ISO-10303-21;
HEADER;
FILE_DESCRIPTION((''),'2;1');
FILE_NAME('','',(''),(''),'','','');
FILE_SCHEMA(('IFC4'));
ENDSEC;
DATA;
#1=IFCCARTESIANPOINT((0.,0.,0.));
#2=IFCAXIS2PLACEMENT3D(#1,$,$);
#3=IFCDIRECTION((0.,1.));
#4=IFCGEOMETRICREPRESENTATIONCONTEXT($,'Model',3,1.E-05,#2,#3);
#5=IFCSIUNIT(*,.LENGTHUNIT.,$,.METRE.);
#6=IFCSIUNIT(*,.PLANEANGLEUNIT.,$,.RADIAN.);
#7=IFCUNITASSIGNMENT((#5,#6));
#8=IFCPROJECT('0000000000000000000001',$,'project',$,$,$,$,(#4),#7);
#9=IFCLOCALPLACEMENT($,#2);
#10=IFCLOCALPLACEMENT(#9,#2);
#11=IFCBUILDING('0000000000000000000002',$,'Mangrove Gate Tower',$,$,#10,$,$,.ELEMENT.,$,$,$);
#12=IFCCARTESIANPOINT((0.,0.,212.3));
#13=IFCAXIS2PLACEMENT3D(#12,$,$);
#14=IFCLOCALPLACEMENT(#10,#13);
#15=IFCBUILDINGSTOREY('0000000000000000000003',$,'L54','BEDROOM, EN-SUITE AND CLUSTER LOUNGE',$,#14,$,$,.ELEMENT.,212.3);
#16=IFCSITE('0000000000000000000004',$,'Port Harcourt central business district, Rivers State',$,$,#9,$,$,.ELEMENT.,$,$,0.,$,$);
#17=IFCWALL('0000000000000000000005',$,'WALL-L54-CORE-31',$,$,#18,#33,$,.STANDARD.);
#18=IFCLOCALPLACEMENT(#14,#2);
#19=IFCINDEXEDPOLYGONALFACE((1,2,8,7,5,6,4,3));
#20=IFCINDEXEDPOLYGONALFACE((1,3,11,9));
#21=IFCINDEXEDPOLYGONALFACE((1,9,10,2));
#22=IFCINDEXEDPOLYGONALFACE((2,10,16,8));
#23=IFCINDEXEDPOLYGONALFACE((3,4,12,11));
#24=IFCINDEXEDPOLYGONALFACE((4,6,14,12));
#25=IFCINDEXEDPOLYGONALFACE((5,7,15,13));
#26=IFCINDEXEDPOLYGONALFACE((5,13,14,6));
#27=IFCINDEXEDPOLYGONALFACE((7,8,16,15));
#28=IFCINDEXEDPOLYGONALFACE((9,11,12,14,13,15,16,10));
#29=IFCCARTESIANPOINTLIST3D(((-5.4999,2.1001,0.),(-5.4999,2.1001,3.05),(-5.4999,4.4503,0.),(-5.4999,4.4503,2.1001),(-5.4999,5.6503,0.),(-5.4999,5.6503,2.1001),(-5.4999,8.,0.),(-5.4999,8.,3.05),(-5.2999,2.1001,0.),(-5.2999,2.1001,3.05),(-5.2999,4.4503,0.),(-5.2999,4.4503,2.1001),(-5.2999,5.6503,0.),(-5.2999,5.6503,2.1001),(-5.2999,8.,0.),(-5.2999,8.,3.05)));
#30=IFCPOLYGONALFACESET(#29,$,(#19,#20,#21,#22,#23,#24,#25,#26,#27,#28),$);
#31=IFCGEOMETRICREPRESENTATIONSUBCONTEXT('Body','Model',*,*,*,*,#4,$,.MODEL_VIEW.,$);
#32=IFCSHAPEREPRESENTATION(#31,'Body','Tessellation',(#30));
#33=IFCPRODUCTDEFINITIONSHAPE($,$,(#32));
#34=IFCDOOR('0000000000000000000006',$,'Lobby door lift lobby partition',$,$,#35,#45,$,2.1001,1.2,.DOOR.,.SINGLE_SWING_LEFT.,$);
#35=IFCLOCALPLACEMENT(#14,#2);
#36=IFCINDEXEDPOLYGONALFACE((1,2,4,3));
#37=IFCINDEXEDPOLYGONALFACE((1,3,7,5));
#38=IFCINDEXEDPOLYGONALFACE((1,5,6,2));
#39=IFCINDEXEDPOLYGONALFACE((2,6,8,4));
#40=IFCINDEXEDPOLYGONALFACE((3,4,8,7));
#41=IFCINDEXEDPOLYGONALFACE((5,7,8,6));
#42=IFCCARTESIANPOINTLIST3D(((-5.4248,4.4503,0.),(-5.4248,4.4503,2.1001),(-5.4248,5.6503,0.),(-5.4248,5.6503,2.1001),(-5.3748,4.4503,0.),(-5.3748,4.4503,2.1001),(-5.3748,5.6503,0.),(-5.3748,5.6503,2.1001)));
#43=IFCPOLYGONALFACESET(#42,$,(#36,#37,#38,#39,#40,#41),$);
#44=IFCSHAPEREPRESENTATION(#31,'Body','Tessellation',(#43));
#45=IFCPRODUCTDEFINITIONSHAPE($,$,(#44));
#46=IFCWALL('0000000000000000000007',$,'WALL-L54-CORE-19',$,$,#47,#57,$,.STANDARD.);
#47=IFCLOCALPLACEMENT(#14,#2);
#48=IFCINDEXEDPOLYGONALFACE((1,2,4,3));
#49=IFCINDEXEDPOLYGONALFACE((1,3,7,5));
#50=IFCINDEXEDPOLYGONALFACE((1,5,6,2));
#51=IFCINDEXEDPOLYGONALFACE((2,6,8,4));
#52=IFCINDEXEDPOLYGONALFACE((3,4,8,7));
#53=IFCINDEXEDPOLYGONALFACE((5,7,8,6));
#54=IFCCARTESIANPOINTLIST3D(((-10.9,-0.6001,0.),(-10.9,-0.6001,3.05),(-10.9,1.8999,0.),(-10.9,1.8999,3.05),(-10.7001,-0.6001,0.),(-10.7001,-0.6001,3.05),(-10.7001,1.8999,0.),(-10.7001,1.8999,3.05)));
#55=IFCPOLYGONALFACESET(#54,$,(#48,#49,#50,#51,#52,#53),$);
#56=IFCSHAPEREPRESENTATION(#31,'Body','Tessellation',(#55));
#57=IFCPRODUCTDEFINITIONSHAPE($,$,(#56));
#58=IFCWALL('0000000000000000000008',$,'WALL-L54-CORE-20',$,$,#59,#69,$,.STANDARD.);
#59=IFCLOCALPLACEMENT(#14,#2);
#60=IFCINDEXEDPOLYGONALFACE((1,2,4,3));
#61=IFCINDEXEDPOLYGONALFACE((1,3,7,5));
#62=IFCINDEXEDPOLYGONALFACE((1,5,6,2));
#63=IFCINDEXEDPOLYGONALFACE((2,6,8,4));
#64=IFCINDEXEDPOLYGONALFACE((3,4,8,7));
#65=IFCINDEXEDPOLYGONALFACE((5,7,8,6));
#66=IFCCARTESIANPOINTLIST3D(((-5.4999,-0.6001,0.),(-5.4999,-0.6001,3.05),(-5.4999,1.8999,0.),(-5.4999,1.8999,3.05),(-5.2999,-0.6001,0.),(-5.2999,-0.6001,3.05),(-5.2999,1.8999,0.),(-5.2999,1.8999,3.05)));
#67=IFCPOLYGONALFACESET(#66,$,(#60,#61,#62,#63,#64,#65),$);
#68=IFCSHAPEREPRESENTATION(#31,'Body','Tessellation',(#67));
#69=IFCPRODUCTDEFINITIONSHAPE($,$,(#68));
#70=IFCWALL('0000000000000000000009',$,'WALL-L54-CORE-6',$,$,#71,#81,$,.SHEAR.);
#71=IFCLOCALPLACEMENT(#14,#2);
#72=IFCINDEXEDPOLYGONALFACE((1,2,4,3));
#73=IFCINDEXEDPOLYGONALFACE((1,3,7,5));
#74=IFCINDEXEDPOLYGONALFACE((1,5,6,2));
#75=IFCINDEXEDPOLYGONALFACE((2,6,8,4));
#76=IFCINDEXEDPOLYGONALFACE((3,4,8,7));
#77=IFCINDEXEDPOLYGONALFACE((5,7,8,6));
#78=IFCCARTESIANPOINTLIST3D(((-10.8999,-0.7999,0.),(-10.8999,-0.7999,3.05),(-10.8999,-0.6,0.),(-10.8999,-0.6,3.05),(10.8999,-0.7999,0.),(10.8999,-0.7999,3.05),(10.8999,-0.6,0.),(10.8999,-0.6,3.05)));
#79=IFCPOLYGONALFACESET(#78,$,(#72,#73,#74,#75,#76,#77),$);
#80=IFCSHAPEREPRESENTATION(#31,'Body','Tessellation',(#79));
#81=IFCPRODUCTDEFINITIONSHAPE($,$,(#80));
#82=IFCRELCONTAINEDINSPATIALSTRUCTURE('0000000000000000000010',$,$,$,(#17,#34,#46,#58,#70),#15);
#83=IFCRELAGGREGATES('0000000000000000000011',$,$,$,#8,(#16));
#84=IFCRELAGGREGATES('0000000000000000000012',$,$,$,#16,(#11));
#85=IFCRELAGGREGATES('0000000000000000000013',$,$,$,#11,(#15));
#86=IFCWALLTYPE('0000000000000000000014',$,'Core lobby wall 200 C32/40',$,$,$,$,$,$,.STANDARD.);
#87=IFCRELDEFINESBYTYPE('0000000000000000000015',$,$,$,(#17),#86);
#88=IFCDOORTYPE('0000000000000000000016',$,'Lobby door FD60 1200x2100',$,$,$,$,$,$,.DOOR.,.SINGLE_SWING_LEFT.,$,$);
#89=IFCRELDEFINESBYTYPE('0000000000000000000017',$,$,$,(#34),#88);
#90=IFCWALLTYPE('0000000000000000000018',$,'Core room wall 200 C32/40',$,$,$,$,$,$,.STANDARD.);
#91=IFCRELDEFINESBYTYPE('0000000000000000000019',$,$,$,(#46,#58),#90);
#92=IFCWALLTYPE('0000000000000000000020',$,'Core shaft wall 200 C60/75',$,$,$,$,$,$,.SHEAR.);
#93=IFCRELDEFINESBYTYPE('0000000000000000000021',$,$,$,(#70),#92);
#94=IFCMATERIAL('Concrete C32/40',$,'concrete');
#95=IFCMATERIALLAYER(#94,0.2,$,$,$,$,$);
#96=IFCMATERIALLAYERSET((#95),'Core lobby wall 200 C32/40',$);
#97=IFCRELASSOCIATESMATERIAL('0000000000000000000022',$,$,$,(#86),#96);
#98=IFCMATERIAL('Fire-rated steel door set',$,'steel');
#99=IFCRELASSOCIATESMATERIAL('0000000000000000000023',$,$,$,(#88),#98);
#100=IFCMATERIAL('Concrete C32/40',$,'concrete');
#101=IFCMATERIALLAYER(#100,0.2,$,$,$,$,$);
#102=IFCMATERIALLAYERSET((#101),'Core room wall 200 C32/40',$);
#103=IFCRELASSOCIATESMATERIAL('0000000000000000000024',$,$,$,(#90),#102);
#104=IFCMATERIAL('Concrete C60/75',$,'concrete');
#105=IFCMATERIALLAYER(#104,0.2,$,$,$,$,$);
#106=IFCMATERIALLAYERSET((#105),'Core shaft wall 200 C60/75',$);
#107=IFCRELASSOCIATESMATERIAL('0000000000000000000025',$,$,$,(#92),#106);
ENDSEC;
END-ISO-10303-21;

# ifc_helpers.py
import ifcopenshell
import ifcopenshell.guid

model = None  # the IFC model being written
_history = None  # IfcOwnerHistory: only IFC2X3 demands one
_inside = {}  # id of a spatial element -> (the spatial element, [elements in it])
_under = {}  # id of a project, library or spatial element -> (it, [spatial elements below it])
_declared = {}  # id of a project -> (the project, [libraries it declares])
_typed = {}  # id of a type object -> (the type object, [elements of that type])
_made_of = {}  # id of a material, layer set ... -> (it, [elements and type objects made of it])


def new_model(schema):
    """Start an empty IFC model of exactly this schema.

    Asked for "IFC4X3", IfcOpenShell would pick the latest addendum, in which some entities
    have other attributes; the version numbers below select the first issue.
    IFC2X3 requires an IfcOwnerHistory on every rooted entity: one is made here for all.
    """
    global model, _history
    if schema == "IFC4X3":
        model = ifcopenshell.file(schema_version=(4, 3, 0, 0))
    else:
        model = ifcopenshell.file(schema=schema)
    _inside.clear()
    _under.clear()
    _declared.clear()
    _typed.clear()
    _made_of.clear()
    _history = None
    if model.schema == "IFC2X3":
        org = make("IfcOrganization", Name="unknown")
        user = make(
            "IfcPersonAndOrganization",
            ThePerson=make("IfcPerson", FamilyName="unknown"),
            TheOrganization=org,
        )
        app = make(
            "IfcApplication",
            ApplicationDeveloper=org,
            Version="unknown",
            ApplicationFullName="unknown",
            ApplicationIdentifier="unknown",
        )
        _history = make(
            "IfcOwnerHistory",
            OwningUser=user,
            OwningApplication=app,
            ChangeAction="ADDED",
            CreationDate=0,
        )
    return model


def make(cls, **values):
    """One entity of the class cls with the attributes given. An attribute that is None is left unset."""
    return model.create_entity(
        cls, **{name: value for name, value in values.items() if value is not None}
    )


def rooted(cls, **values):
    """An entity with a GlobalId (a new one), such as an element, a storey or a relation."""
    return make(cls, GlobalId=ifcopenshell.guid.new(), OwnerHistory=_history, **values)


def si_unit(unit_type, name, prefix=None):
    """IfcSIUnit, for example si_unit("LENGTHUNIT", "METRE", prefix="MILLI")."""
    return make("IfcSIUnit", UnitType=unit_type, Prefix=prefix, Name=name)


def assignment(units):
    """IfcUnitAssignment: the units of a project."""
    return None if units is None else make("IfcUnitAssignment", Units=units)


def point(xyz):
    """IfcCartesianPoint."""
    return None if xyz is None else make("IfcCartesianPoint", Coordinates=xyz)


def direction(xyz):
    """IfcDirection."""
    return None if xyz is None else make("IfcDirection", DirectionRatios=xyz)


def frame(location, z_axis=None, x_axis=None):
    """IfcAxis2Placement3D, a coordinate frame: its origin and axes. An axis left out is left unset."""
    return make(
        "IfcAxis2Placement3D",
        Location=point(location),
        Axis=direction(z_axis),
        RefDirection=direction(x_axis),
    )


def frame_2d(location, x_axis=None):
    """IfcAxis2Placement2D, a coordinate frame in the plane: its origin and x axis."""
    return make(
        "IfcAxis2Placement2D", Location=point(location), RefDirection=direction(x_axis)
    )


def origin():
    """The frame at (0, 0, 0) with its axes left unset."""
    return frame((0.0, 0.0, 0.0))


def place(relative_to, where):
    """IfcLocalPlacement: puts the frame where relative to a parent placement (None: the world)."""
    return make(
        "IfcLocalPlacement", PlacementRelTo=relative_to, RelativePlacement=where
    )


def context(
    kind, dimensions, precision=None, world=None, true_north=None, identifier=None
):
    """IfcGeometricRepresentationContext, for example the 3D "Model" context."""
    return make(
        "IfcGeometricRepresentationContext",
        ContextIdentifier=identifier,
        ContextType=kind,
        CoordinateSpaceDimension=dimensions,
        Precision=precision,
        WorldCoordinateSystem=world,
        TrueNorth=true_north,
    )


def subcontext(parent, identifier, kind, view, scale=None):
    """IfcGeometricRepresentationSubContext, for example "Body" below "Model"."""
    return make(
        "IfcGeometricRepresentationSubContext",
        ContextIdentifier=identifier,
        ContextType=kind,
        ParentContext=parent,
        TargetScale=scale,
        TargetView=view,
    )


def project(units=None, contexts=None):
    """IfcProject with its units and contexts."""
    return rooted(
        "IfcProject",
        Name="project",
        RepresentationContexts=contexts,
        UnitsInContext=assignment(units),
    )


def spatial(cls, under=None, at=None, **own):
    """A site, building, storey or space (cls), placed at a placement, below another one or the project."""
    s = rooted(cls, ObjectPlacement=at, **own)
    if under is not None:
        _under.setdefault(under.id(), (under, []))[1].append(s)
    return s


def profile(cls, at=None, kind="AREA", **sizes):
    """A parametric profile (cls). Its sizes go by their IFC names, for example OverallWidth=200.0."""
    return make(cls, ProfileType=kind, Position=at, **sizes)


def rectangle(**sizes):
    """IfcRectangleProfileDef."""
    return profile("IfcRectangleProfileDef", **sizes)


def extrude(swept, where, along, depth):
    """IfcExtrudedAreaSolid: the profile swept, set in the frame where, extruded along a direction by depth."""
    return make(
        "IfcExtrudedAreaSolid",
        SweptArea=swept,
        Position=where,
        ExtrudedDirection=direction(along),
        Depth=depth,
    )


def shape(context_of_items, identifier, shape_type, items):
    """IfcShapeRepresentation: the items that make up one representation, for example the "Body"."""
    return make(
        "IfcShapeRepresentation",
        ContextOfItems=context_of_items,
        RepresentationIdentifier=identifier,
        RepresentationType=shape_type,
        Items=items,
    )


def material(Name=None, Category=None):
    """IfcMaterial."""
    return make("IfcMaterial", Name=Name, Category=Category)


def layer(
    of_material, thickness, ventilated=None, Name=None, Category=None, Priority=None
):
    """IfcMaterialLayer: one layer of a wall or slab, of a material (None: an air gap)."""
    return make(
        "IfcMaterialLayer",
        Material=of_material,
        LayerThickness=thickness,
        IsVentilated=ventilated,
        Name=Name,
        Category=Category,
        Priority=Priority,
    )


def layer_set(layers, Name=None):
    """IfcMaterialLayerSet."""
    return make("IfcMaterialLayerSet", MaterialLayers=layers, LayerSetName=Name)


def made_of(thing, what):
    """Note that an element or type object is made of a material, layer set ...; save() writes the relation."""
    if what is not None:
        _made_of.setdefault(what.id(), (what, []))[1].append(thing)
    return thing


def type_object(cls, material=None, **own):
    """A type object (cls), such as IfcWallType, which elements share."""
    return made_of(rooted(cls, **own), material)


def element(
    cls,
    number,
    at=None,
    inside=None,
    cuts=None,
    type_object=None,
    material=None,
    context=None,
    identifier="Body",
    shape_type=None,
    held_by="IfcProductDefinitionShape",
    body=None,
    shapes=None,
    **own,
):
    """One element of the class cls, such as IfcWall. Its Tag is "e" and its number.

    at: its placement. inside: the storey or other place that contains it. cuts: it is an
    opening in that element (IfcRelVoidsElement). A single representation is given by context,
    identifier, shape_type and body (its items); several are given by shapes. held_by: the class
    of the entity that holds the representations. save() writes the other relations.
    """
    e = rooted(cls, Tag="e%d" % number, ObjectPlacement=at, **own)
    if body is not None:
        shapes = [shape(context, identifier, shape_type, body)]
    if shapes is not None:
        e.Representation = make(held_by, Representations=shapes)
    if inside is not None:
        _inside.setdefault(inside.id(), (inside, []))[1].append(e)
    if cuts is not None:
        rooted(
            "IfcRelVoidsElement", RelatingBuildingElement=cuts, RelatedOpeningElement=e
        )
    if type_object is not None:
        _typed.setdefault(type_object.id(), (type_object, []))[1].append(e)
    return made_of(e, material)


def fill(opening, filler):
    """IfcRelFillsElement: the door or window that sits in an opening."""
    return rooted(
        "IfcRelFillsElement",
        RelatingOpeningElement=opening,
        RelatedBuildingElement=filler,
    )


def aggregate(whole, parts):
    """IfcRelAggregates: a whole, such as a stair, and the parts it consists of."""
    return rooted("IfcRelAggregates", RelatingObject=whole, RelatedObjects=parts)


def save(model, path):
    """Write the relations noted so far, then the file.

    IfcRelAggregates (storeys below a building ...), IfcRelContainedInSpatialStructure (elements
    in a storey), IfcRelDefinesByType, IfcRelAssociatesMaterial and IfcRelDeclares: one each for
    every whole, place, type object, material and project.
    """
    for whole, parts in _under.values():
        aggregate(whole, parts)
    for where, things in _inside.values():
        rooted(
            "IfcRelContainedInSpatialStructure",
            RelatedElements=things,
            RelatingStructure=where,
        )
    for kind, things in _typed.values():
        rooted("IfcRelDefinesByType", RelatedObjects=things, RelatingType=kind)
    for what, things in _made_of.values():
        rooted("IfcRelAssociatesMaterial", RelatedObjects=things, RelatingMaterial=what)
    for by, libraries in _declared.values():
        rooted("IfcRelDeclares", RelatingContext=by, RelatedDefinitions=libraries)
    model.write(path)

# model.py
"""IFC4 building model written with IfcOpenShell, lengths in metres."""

from ifc_helpers import new_model, si_unit, direction, frame, frame_2d, origin, place, context, subcontext, project, spatial, rectangle, extrude, material, layer, layer_set, type_object, element, fill, save


model = new_model("IFC4")

# Units and contexts
model_context = context("Model", 3, precision=1e-05, world=origin(), true_north=direction((0.0, 1.0)))
body_context = subcontext(model_context, "Body", "Model", "MODEL_VIEW")
ifc_project = project(units=[si_unit("LENGTHUNIT", "METRE"), si_unit("PLANEANGLEUNIT", "RADIAN")], contexts=[model_context])

# Site, building, storey
site_placement = place(None, origin())
site = spatial("IfcSite", under=ifc_project, at=site_placement, Name="Port Harcourt central business district, Rivers State", CompositionType="ELEMENT", RefElevation=0.0)
building_placement = place(site_placement, origin())
building = spatial("IfcBuilding", under=site, at=building_placement, Name="Mangrove Gate Tower", CompositionType="ELEMENT")
storey_placement = place(building_placement, frame((0.0, 0.0, 212.3)))
storey = spatial("IfcBuildingStorey", under=building, at=storey_placement, Name="L54", Description="BEDROOM, EN-SUITE AND CLUSTER LOUNGE", CompositionType="ELEMENT", Elevation=212.3)

# Wall, opening, door
ifc_material_1 = material(Name="Concrete C32/40", Category="concrete")
ifc_layer_1 = layer(ifc_material_1, 0.2)
ifc_layer_set_1 = layer_set([ifc_layer_1], Name="Core lobby wall 200 C32/40")
wall_type_1 = type_object("IfcWallType", Name="Core lobby wall 200 C32/40", PredefinedType="STANDARD", material=ifc_layer_set_1)
wall_1_placement = place(storey_placement, frame((-5.3999, 2.1001, 0.0), z_axis=(0.0, 0.0, 1.0), x_axis=(0.0, 1.0, 0.0)))
wall_1 = element("IfcWall", 1, at=wall_1_placement, inside=storey, type_object=wall_type_1, Name="WALL-L54-CORE-31", PredefinedType="STANDARD", context=body_context, shape_type="SweptSolid", body=[
    extrude(rectangle(XDim=5.8999, YDim=0.2, at=frame_2d((2.95, 0.0))), origin(), (0.0, 0.0, 1.0), 3.05),
])
opening_1_placement = place(wall_1_placement, frame((2.3501, 0.0, 0.0)))
opening_1 = element("IfcOpeningElement", 2, at=opening_1_placement, cuts=wall_1, PredefinedType="OPENING", context=body_context, shape_type="SweptSolid", body=[
    extrude(rectangle(XDim=1.2, YDim=2.1001, at=frame_2d((0.6001, 1.05))), frame((0.0, 0.1099, 0.0), z_axis=(0.0, -1.0, 0.0), x_axis=(1.0, 0.0, 0.0)), (0.0, 0.0, 1.0), 0.22),
])
ifc_material_2 = material(Name="Fire-rated steel door set", Category="steel")
door_type_1 = type_object("IfcDoorType", Name="Lobby door FD60 1200x2100", OperationType="SINGLE_SWING_LEFT", PredefinedType="DOOR", material=ifc_material_2)
door_1_placement = place(opening_1_placement, origin())
door_1 = element("IfcDoor", 3, at=door_1_placement, inside=storey, type_object=door_type_1, Name="Lobby door lift lobby partition", OperationType="SINGLE_SWING_LEFT", OverallHeight=2.1001, OverallWidth=1.2, PredefinedType="DOOR", context=body_context, shape_type="SweptSolid", body=[
    extrude(rectangle(XDim=1.2, YDim=2.1001, at=frame_2d((0.6001, 1.05))), frame((0.0, 0.0249, 0.0), z_axis=(0.0, -1.0, 0.0), x_axis=(1.0, 0.0, 0.0)), (0.0, 0.0, 1.0), 0.05),
])
fill(opening_1, door_1)

# Walls
ifc_material_3 = material(Name="Concrete C32/40", Category="concrete")
ifc_layer_2 = layer(ifc_material_3, 0.2)
ifc_layer_set_2 = layer_set([ifc_layer_2], Name="Core room wall 200 C32/40")
wall_type_2 = type_object("IfcWallType", Name="Core room wall 200 C32/40", PredefinedType="STANDARD", material=ifc_layer_set_2)
for number, where, z_axis, x_axis, name in (
    (4, (-10.8, -0.6001, 0.0), (0.0, 0.0, 1.0), (0.0, 1.0, 0.0), "WALL-L54-CORE-19"),
    (5, (-5.3999, -0.6001, 0.0), (0.0, 0.0, 1.0), (0.0, 1.0, 0.0), "WALL-L54-CORE-20"),
):
    element("IfcWall", number, at=place(storey_placement, frame(where, z_axis=z_axis, x_axis=x_axis)), inside=storey, type_object=wall_type_2, Name=name, PredefinedType="STANDARD", context=body_context, shape_type="SweptSolid", body=[
        extrude(rectangle(XDim=2.5, YDim=0.2, at=frame_2d((1.25, 0.0))), origin(), (0.0, 0.0, 1.0), 3.05),
    ])
ifc_material_4 = material(Name="Concrete C60/75", Category="concrete")
ifc_layer_3 = layer(ifc_material_4, 0.2)
ifc_layer_set_3 = layer_set([ifc_layer_3], Name="Core shaft wall 200 C60/75")
wall_type_3 = type_object("IfcWallType", Name="Core shaft wall 200 C60/75", PredefinedType="SHEAR", material=ifc_layer_set_3)
wall_2_placement = place(storey_placement, frame((-10.8999, -0.7, 0.0), z_axis=(0.0, 0.0, 1.0), x_axis=(1.0, 0.0, 0.0)))
element("IfcWall", 6, at=wall_2_placement, inside=storey, type_object=wall_type_3, Name="WALL-L54-CORE-6", PredefinedType="SHEAR", context=body_context, shape_type="SweptSolid", body=[
    extrude(rectangle(XDim=21.7998, YDim=0.2, at=frame_2d((10.8999, 0.0))), origin(), (0.0, 0.0, 1.0), 3.05),
])

save(model, "model.ifc")
